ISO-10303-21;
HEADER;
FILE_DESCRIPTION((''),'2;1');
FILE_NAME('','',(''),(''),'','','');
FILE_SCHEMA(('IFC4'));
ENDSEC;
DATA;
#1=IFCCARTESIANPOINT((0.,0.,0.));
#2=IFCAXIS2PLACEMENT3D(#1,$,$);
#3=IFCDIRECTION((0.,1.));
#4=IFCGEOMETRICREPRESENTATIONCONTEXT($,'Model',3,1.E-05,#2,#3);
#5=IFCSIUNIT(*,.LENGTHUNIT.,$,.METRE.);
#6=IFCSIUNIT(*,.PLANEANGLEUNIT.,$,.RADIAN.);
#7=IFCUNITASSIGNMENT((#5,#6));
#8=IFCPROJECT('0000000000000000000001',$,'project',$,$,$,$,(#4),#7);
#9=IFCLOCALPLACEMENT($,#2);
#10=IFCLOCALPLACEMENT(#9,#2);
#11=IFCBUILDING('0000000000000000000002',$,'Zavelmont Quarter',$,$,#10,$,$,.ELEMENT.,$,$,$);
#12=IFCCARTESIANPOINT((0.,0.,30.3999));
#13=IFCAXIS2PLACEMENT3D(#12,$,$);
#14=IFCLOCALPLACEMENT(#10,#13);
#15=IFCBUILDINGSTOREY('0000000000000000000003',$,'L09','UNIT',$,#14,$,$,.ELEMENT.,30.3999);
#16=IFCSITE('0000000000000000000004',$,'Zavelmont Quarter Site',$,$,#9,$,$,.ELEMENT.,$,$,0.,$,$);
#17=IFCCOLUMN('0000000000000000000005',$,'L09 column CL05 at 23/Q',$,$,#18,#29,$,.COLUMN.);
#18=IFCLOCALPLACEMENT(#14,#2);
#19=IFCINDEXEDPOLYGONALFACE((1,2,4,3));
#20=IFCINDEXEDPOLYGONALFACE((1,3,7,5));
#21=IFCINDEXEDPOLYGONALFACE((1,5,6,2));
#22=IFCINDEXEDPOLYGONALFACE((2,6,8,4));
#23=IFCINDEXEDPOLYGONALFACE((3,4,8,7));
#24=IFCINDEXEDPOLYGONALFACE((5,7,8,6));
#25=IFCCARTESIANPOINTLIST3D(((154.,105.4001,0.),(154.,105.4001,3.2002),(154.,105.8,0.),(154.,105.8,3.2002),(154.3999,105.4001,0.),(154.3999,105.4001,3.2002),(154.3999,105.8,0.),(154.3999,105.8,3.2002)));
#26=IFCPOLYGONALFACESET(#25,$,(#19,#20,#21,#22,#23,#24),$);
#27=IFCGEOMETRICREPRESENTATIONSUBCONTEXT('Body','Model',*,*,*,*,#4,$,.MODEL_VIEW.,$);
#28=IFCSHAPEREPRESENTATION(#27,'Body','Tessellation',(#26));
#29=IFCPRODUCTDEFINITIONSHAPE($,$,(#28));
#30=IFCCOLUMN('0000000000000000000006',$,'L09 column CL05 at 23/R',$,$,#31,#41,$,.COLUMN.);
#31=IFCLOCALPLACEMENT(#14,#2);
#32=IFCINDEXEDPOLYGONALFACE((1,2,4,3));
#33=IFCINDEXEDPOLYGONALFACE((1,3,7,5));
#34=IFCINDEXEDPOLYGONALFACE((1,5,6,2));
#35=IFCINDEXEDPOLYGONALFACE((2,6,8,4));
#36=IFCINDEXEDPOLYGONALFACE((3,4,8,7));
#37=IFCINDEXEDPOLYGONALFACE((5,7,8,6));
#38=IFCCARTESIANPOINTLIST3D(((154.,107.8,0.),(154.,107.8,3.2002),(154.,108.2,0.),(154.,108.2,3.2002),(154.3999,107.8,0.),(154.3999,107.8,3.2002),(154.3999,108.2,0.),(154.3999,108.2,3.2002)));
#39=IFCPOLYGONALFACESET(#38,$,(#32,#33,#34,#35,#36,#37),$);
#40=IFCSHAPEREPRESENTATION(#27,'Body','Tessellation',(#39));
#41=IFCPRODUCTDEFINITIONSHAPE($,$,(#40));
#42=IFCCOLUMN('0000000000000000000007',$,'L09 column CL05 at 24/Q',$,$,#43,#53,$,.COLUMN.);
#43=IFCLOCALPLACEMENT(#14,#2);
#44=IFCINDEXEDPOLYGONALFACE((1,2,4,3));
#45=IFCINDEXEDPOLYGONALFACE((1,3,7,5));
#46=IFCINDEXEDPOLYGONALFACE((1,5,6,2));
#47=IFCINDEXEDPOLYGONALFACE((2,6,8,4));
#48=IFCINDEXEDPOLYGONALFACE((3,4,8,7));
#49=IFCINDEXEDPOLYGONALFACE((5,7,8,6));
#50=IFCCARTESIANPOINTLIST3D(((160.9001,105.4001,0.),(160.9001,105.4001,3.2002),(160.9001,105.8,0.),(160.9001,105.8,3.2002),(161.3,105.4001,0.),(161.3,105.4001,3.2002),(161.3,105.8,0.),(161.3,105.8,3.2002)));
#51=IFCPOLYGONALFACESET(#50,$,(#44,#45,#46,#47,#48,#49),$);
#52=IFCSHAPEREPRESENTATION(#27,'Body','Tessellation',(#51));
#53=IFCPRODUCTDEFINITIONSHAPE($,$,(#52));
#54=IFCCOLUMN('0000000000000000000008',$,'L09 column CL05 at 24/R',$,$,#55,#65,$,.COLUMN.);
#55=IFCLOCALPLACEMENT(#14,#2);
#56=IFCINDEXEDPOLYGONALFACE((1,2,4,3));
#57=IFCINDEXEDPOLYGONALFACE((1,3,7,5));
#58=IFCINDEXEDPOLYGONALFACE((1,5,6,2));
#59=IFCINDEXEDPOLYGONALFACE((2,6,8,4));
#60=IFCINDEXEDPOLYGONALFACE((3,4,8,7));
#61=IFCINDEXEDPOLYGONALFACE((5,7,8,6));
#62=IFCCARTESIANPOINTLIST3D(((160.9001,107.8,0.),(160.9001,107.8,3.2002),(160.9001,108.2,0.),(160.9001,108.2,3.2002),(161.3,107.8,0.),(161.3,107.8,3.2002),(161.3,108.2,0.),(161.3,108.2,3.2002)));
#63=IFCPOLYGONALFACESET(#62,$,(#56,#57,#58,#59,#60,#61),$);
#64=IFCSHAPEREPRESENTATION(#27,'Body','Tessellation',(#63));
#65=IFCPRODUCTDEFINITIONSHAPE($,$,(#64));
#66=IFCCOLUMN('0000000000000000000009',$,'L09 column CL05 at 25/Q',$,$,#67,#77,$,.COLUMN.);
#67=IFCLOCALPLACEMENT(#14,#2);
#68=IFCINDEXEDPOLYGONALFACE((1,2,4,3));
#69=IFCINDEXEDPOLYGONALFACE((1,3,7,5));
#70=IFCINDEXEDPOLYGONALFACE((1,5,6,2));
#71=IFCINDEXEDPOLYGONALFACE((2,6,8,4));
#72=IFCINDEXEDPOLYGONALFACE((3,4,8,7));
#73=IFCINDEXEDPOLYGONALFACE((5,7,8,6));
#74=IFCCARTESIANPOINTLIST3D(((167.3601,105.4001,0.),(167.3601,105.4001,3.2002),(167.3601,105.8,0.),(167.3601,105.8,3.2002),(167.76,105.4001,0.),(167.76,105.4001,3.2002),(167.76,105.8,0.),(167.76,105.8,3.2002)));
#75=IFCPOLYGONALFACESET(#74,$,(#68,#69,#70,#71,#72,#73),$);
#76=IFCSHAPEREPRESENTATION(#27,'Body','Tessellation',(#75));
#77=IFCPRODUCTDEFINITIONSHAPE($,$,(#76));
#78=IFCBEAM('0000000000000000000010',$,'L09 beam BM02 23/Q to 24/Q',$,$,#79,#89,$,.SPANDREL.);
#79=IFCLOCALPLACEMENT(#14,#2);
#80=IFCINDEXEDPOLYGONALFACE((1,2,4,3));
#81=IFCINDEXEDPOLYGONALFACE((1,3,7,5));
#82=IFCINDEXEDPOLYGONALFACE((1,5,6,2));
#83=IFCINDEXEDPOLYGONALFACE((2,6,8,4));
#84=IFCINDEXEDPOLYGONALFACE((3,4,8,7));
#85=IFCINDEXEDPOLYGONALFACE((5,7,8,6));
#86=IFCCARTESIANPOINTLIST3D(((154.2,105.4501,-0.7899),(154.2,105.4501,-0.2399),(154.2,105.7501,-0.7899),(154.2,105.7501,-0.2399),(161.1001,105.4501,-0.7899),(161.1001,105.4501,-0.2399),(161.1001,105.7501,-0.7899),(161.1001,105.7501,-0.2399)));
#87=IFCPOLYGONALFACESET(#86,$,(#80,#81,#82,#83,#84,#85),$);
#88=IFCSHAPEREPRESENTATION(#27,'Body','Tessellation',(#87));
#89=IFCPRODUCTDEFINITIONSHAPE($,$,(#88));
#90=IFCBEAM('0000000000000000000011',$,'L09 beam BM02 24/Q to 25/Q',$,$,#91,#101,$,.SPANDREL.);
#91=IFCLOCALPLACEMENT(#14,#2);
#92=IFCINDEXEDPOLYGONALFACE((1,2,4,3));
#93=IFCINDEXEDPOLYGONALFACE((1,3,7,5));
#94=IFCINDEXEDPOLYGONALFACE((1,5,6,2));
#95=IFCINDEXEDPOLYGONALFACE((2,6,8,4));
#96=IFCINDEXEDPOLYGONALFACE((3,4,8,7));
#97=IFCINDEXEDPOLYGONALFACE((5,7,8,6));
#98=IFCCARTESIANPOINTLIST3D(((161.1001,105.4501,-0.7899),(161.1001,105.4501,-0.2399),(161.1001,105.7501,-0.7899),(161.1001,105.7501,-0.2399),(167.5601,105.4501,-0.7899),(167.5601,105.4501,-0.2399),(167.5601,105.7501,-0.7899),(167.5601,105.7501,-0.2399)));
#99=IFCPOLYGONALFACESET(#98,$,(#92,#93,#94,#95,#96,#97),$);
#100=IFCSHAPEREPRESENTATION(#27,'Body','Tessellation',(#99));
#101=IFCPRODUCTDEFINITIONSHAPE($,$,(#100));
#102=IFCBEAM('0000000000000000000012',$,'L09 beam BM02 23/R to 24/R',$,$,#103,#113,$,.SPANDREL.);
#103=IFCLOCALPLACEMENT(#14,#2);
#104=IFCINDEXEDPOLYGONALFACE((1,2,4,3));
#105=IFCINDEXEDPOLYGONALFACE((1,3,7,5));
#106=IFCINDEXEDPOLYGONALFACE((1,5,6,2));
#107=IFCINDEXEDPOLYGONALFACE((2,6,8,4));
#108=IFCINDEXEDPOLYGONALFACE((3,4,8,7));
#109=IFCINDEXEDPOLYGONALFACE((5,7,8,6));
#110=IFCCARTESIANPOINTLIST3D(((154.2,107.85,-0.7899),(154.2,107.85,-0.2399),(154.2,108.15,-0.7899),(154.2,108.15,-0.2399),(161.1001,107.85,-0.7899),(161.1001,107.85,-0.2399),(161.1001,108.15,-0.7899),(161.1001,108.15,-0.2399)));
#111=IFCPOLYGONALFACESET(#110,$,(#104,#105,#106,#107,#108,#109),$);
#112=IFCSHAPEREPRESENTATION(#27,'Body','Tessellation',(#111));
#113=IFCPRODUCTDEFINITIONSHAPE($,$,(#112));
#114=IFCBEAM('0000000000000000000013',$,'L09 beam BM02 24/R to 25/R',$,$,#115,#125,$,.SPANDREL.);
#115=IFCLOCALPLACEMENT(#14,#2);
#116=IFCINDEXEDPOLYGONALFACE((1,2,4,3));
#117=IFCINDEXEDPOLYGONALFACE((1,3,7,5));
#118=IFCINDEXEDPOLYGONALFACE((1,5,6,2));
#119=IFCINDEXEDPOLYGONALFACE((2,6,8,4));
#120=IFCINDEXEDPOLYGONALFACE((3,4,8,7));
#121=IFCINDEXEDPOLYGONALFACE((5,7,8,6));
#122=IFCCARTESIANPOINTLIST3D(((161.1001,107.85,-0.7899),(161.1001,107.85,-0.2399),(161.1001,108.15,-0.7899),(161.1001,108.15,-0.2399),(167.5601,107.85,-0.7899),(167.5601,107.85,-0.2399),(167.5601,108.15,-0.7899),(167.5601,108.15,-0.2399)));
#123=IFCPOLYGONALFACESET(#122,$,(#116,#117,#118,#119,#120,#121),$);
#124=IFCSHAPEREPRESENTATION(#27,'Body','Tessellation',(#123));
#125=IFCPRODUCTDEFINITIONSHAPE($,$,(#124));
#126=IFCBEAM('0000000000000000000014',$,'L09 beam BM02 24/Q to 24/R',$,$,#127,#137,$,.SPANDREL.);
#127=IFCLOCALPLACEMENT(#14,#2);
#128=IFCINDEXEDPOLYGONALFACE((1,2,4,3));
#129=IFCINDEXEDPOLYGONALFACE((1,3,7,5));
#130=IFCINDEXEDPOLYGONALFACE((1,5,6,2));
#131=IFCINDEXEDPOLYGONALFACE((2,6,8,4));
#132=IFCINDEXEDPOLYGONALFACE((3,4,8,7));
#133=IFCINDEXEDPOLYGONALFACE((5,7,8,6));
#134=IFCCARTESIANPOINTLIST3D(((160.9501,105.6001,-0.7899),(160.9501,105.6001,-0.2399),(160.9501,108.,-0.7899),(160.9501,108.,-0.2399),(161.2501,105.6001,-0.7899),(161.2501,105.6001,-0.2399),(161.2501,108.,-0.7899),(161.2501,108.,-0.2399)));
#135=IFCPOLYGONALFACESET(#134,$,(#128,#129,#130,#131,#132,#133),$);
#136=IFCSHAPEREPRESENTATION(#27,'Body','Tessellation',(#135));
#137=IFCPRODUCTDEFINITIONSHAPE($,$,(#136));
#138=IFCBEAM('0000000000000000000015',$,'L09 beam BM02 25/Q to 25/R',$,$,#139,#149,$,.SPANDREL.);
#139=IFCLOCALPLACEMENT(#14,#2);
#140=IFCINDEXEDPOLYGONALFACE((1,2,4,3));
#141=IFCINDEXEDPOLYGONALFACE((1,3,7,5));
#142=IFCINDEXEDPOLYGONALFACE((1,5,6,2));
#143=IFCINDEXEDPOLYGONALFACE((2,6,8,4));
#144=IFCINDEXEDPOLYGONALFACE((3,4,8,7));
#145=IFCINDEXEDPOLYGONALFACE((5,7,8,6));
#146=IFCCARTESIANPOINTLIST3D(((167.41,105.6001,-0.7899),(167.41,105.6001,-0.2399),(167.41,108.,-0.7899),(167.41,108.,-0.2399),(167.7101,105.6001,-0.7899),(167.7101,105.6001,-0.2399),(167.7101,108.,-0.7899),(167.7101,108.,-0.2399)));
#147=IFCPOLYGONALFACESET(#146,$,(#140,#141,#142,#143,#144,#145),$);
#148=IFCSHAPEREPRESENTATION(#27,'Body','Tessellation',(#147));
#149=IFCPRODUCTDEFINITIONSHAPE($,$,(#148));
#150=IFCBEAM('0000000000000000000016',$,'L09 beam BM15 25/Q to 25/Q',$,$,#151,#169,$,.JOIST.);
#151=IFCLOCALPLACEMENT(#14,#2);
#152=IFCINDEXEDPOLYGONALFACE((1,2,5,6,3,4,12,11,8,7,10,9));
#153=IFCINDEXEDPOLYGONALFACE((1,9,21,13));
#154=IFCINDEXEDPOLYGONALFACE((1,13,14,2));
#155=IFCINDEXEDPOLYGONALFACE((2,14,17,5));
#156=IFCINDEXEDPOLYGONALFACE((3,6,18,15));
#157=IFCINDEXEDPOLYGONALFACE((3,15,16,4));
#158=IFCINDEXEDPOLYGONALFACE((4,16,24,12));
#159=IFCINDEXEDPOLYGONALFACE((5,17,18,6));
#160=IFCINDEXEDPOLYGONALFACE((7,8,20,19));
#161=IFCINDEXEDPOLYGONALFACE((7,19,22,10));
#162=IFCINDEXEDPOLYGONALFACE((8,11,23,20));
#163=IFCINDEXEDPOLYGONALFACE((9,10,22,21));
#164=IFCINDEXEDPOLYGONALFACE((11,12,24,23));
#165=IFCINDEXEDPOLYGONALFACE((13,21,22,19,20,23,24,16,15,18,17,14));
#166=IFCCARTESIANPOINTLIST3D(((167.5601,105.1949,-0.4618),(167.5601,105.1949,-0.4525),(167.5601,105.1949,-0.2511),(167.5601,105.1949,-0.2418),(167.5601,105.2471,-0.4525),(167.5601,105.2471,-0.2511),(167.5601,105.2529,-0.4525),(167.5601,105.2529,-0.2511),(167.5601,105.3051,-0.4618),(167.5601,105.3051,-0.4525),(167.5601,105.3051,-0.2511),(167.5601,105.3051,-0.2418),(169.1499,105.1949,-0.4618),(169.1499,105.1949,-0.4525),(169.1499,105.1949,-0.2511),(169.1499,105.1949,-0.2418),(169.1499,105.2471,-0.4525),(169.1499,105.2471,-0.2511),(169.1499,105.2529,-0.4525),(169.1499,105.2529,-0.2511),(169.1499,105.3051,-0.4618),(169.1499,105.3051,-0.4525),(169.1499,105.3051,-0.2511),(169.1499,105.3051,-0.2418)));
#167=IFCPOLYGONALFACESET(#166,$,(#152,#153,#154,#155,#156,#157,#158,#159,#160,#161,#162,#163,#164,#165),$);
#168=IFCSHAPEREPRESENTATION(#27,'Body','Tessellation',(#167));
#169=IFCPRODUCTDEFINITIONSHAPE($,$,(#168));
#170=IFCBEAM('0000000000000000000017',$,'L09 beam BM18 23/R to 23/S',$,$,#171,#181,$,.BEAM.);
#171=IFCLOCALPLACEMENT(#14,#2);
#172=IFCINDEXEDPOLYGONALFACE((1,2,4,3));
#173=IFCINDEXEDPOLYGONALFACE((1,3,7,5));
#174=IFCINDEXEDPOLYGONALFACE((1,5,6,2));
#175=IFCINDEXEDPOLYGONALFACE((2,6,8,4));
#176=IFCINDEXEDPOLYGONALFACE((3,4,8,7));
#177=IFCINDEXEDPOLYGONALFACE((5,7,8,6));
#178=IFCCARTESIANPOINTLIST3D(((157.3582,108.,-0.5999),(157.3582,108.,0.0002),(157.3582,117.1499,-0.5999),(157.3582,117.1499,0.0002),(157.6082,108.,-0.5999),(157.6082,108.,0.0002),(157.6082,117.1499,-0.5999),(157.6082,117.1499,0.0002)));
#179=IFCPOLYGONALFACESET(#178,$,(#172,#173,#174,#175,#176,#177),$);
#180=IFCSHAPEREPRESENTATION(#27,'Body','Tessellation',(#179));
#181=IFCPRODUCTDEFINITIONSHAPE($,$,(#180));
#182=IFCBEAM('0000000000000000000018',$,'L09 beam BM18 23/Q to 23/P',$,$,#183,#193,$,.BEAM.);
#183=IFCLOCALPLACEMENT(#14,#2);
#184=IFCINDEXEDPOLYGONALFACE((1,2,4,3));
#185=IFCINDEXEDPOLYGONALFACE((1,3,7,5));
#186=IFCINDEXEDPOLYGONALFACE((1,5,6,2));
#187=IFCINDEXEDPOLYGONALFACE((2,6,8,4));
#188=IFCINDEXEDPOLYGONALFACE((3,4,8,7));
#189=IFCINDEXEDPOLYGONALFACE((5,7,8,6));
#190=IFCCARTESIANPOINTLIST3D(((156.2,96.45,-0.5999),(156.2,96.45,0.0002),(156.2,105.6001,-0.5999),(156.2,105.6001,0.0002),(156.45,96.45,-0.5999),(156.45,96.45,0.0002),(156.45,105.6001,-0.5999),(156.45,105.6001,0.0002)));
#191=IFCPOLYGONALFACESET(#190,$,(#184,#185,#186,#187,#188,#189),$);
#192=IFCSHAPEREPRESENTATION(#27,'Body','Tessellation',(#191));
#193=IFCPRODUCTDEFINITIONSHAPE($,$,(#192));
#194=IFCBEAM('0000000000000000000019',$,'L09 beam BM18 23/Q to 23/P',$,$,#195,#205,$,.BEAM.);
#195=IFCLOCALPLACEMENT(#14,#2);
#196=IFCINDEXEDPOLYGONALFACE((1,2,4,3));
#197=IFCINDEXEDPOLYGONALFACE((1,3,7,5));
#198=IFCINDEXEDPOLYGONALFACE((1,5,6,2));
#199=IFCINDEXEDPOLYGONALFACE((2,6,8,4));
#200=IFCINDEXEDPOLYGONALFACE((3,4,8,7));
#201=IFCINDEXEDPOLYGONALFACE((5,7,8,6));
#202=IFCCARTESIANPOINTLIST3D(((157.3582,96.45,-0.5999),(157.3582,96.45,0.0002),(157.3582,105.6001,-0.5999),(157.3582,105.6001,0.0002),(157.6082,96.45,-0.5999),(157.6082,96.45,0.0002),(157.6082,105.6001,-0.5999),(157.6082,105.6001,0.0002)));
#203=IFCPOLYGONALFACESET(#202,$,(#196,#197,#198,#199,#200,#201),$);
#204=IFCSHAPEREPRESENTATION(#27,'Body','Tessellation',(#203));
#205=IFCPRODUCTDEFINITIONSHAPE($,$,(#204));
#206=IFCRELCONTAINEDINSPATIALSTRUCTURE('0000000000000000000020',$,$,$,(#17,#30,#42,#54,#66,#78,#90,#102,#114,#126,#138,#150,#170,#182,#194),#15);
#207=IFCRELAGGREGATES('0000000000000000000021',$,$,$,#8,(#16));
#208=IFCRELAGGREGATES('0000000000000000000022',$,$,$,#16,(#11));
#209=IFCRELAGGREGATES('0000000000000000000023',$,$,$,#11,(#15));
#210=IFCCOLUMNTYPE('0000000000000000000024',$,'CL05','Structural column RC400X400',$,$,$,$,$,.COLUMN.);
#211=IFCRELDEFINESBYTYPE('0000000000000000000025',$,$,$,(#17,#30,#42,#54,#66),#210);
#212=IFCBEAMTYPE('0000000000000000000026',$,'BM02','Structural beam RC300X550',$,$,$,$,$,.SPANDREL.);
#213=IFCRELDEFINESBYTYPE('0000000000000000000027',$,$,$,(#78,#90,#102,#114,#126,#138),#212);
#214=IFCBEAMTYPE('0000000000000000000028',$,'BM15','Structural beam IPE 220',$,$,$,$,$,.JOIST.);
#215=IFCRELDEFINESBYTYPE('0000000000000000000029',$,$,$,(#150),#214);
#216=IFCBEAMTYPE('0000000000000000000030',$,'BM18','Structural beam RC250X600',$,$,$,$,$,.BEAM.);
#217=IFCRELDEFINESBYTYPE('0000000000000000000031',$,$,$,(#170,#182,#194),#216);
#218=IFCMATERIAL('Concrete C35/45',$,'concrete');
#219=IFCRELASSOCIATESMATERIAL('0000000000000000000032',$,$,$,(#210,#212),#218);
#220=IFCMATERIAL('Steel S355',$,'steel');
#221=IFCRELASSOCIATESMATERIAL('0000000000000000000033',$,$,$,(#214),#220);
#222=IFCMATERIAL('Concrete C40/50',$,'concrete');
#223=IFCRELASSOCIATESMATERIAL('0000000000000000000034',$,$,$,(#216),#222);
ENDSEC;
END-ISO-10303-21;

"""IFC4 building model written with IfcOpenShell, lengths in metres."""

from ifc_helpers import new_model, si_unit, direction, frame, origin, origin_2d, place, context, subcontext, project, spatial, rectangle, i_section, extrude, material, material_profile, profile_set, type_object, element, save


model = new_model("IFC4")

# Units and contexts
model_context = context("Model", 3, precision=1e-05, world=origin(), true_north=direction((0.0, 1.0)))
body_context = subcontext(model_context, "Body", "Model", "MODEL_VIEW")
ifc_project = project(units=[si_unit("LENGTHUNIT", "METRE"), si_unit("PLANEANGLEUNIT", "RADIAN")], contexts=[model_context])

# Site, building, storey
site_placement = place(None, origin())
site = spatial("IfcSite", under=ifc_project, at=site_placement, Name="Zavelmont Quarter Site", CompositionType="ELEMENT", RefElevation=0.0)
building_placement = place(site_placement, origin())
building = spatial("IfcBuilding", under=site, at=building_placement, Name="Zavelmont Quarter", CompositionType="ELEMENT")
storey_placement = place(building_placement, frame((0.0, 0.0, 30.3999)))
storey = spatial("IfcBuildingStorey", under=building, at=storey_placement, Name="L09", Description="UNIT", CompositionType="ELEMENT", Elevation=30.3999)

# Columns
ifc_material_1 = material(Name="Concrete C35/45", Category="concrete")
ifc_material_profile_1 = material_profile(ifc_material_1, rectangle(XDim=0.3999, YDim=0.3999, at=origin_2d()), Name="RC400X400")
ifc_profile_set_1 = profile_set([ifc_material_profile_1], Name="Concrete C35/45")
column_type = type_object("IfcColumnType", Name="CL05", Description="Structural column RC400X400", PredefinedType="COLUMN", material=ifc_profile_set_1)
for number, where, z_axis, x_axis, name in (
    (1, (154.2, 105.6001, 0.0), (0.0, 0.0, 1.0), (1.0, 0.0, 0.0), "L09 column CL05 at 23/Q"),
    (2, (154.2, 108.0, 0.0), (0.0, 0.0, 1.0), (1.0, 0.0, 0.0), "L09 column CL05 at 23/R"),
    (3, (161.1001, 105.6001, 0.0), (0.0, 0.0, 1.0), (1.0, 0.0, 0.0), "L09 column CL05 at 24/Q"),
    (4, (161.1001, 108.0, 0.0), (0.0, 0.0, 1.0), (1.0, 0.0, 0.0), "L09 column CL05 at 24/R"),
    (5, (167.5601, 105.6001, 0.0), (0.0, 0.0, 1.0), (1.0, 0.0, 0.0), "L09 column CL05 at 25/Q"),
):
    element("IfcColumn", number, at=place(storey_placement, frame(where, z_axis=z_axis, x_axis=x_axis)), inside=storey, type_object=column_type, Name=name, PredefinedType="COLUMN", context=body_context, shape_type="SweptSolid", body=[
        extrude(rectangle(XDim=0.3999, YDim=0.3999, at=origin_2d()), origin(), (0.0, 0.0, 1.0), 3.2002),
    ])

# Beams
ifc_material_profile_2 = material_profile(ifc_material_1, rectangle(XDim=0.3, YDim=0.55, at=origin_2d()), Name="RC300X550")
ifc_profile_set_2 = profile_set([ifc_material_profile_2], Name="Concrete C35/45")
beam_type_1 = type_object("IfcBeamType", Name="BM02", Description="Structural beam RC300X550", PredefinedType="SPANDREL", material=ifc_profile_set_2)
beam_1_placement = place(storey_placement, frame((154.2, 105.6001, -0.5149), z_axis=(1.0, 0.0, 0.0), x_axis=(0.0, 1.0, 0.0)))
element("IfcBeam", 6, at=beam_1_placement, inside=storey, type_object=beam_type_1, Name="L09 beam BM02 23/Q to 24/Q", PredefinedType="SPANDREL", context=body_context, shape_type="SweptSolid", body=[
    extrude(rectangle(XDim=0.3, YDim=0.55, at=origin_2d()), origin(), (0.0, 0.0, 1.0), 6.9001),
])
beam_2_placement = place(storey_placement, frame((161.1001, 105.6001, -0.5149), z_axis=(1.0, 0.0, 0.0), x_axis=(0.0, 1.0, 0.0)))
element("IfcBeam", 7, at=beam_2_placement, inside=storey, type_object=beam_type_1, Name="L09 beam BM02 24/Q to 25/Q", PredefinedType="SPANDREL", context=body_context, shape_type="SweptSolid", body=[
    extrude(rectangle(XDim=0.3, YDim=0.55, at=origin_2d()), origin(), (0.0, 0.0, 1.0), 6.46),
])
beam_3_placement = place(storey_placement, frame((154.2, 108.0, -0.5149), z_axis=(1.0, 0.0, 0.0), x_axis=(0.0, 1.0, 0.0)))
element("IfcBeam", 8, at=beam_3_placement, inside=storey, type_object=beam_type_1, Name="L09 beam BM02 23/R to 24/R", PredefinedType="SPANDREL", context=body_context, shape_type="SweptSolid", body=[
    extrude(rectangle(XDim=0.3, YDim=0.55, at=origin_2d()), origin(), (0.0, 0.0, 1.0), 6.9001),
])
beam_4_placement = place(storey_placement, frame((161.1001, 108.0, -0.5149), z_axis=(1.0, 0.0, 0.0), x_axis=(0.0, 1.0, 0.0)))
element("IfcBeam", 9, at=beam_4_placement, inside=storey, type_object=beam_type_1, Name="L09 beam BM02 24/R to 25/R", PredefinedType="SPANDREL", context=body_context, shape_type="SweptSolid", body=[
    extrude(rectangle(XDim=0.3, YDim=0.55, at=origin_2d()), origin(), (0.0, 0.0, 1.0), 6.46),
])
for number, where, z_axis, x_axis, name in (
    (10, (161.1001, 105.6001, -0.5149), (0.0, 1.0, 0.0), (-1.0, 0.0, 0.0), "L09 beam BM02 24/Q to 24/R"),
    (11, (167.5601, 105.6001, -0.5149), (0.0, 1.0, 0.0), (-1.0, 0.0, 0.0), "L09 beam BM02 25/Q to 25/R"),
):
    element("IfcBeam", number, at=place(storey_placement, frame(where, z_axis=z_axis, x_axis=x_axis)), inside=storey, type_object=beam_type_1, Name=name, PredefinedType="SPANDREL", context=body_context, shape_type="SweptSolid", body=[
        extrude(rectangle(XDim=0.3, YDim=0.55, at=origin_2d()), origin(), (0.0, 0.0, 1.0), 2.3999),
    ])
ifc_material_2 = material(Name="Steel S355", Category="steel")
ifc_material_profile_3 = material_profile(ifc_material_2, i_section(OverallWidth=0.1101, OverallDepth=0.22, WebThickness=0.0059, FlangeThickness=0.0093, at=origin_2d()), Name="IPE 220")
ifc_profile_set_3 = profile_set([ifc_material_profile_3], Name="Steel S355")
beam_type_2 = type_object("IfcBeamType", Name="BM15", Description="Structural beam IPE 220", PredefinedType="JOIST", material=ifc_profile_set_3)
beam_5_placement = place(storey_placement, frame((167.5601, 105.25, -0.3518), z_axis=(1.0, 0.0, 0.0), x_axis=(0.0, 1.0, 0.0)))
element("IfcBeam", 12, at=beam_5_placement, inside=storey, type_object=beam_type_2, Name="L09 beam BM15 25/Q to 25/Q", PredefinedType="JOIST", context=body_context, shape_type="SweptSolid", body=[
    extrude(i_section(OverallWidth=0.1101, OverallDepth=0.22, WebThickness=0.0059, FlangeThickness=0.0093, at=origin_2d()), origin(), (0.0, 0.0, 1.0), 1.5898),
])
ifc_material_3 = material(Name="Concrete C40/50", Category="concrete")
ifc_material_profile_4 = material_profile(ifc_material_3, rectangle(XDim=0.25, YDim=0.6001, at=origin_2d()), Name="RC250X600")
ifc_profile_set_4 = profile_set([ifc_material_profile_4], Name="Concrete C40/50")
beam_type_3 = type_object("IfcBeamType", Name="BM18", Description="Structural beam RC250X600", PredefinedType="BEAM", material=ifc_profile_set_4)
beam_6_placement = place(storey_placement, frame((157.4832, 108.0, -0.2998), z_axis=(0.0, 1.0, 0.0), x_axis=(-1.0, 0.0, 0.0)))
element("IfcBeam", 13, at=beam_6_placement, inside=storey, type_object=beam_type_3, Name="L09 beam BM18 23/R to 23/S", PredefinedType="BEAM", context=body_context, shape_type="SweptSolid", body=[
    extrude(rectangle(XDim=0.25, YDim=0.6001, at=origin_2d()), origin(), (0.0, 0.0, 1.0), 9.1499),
])
for number, where, z_axis, x_axis, name in (
    (14, (156.325, 105.6001, -0.2998), (0.0, -1.0, 0.0), (1.0, 0.0, 0.0), "L09 beam BM18 23/Q to 23/P"),
    (15, (157.4832, 105.6001, -0.2998), (0.0, -1.0, 0.0), (1.0, 0.0, 0.0), "L09 beam BM18 23/Q to 23/P"),
):
    element("IfcBeam", number, at=place(storey_placement, frame(where, z_axis=z_axis, x_axis=x_axis)), inside=storey, type_object=beam_type_3, Name=name, PredefinedType="BEAM", context=body_context, shape_type="SweptSolid", body=[
        extrude(rectangle(XDim=0.25, YDim=0.6001, at=origin_2d()), origin(), (0.0, 0.0, 1.0), 9.1501),
    ])

save(model, "model.ifc")
